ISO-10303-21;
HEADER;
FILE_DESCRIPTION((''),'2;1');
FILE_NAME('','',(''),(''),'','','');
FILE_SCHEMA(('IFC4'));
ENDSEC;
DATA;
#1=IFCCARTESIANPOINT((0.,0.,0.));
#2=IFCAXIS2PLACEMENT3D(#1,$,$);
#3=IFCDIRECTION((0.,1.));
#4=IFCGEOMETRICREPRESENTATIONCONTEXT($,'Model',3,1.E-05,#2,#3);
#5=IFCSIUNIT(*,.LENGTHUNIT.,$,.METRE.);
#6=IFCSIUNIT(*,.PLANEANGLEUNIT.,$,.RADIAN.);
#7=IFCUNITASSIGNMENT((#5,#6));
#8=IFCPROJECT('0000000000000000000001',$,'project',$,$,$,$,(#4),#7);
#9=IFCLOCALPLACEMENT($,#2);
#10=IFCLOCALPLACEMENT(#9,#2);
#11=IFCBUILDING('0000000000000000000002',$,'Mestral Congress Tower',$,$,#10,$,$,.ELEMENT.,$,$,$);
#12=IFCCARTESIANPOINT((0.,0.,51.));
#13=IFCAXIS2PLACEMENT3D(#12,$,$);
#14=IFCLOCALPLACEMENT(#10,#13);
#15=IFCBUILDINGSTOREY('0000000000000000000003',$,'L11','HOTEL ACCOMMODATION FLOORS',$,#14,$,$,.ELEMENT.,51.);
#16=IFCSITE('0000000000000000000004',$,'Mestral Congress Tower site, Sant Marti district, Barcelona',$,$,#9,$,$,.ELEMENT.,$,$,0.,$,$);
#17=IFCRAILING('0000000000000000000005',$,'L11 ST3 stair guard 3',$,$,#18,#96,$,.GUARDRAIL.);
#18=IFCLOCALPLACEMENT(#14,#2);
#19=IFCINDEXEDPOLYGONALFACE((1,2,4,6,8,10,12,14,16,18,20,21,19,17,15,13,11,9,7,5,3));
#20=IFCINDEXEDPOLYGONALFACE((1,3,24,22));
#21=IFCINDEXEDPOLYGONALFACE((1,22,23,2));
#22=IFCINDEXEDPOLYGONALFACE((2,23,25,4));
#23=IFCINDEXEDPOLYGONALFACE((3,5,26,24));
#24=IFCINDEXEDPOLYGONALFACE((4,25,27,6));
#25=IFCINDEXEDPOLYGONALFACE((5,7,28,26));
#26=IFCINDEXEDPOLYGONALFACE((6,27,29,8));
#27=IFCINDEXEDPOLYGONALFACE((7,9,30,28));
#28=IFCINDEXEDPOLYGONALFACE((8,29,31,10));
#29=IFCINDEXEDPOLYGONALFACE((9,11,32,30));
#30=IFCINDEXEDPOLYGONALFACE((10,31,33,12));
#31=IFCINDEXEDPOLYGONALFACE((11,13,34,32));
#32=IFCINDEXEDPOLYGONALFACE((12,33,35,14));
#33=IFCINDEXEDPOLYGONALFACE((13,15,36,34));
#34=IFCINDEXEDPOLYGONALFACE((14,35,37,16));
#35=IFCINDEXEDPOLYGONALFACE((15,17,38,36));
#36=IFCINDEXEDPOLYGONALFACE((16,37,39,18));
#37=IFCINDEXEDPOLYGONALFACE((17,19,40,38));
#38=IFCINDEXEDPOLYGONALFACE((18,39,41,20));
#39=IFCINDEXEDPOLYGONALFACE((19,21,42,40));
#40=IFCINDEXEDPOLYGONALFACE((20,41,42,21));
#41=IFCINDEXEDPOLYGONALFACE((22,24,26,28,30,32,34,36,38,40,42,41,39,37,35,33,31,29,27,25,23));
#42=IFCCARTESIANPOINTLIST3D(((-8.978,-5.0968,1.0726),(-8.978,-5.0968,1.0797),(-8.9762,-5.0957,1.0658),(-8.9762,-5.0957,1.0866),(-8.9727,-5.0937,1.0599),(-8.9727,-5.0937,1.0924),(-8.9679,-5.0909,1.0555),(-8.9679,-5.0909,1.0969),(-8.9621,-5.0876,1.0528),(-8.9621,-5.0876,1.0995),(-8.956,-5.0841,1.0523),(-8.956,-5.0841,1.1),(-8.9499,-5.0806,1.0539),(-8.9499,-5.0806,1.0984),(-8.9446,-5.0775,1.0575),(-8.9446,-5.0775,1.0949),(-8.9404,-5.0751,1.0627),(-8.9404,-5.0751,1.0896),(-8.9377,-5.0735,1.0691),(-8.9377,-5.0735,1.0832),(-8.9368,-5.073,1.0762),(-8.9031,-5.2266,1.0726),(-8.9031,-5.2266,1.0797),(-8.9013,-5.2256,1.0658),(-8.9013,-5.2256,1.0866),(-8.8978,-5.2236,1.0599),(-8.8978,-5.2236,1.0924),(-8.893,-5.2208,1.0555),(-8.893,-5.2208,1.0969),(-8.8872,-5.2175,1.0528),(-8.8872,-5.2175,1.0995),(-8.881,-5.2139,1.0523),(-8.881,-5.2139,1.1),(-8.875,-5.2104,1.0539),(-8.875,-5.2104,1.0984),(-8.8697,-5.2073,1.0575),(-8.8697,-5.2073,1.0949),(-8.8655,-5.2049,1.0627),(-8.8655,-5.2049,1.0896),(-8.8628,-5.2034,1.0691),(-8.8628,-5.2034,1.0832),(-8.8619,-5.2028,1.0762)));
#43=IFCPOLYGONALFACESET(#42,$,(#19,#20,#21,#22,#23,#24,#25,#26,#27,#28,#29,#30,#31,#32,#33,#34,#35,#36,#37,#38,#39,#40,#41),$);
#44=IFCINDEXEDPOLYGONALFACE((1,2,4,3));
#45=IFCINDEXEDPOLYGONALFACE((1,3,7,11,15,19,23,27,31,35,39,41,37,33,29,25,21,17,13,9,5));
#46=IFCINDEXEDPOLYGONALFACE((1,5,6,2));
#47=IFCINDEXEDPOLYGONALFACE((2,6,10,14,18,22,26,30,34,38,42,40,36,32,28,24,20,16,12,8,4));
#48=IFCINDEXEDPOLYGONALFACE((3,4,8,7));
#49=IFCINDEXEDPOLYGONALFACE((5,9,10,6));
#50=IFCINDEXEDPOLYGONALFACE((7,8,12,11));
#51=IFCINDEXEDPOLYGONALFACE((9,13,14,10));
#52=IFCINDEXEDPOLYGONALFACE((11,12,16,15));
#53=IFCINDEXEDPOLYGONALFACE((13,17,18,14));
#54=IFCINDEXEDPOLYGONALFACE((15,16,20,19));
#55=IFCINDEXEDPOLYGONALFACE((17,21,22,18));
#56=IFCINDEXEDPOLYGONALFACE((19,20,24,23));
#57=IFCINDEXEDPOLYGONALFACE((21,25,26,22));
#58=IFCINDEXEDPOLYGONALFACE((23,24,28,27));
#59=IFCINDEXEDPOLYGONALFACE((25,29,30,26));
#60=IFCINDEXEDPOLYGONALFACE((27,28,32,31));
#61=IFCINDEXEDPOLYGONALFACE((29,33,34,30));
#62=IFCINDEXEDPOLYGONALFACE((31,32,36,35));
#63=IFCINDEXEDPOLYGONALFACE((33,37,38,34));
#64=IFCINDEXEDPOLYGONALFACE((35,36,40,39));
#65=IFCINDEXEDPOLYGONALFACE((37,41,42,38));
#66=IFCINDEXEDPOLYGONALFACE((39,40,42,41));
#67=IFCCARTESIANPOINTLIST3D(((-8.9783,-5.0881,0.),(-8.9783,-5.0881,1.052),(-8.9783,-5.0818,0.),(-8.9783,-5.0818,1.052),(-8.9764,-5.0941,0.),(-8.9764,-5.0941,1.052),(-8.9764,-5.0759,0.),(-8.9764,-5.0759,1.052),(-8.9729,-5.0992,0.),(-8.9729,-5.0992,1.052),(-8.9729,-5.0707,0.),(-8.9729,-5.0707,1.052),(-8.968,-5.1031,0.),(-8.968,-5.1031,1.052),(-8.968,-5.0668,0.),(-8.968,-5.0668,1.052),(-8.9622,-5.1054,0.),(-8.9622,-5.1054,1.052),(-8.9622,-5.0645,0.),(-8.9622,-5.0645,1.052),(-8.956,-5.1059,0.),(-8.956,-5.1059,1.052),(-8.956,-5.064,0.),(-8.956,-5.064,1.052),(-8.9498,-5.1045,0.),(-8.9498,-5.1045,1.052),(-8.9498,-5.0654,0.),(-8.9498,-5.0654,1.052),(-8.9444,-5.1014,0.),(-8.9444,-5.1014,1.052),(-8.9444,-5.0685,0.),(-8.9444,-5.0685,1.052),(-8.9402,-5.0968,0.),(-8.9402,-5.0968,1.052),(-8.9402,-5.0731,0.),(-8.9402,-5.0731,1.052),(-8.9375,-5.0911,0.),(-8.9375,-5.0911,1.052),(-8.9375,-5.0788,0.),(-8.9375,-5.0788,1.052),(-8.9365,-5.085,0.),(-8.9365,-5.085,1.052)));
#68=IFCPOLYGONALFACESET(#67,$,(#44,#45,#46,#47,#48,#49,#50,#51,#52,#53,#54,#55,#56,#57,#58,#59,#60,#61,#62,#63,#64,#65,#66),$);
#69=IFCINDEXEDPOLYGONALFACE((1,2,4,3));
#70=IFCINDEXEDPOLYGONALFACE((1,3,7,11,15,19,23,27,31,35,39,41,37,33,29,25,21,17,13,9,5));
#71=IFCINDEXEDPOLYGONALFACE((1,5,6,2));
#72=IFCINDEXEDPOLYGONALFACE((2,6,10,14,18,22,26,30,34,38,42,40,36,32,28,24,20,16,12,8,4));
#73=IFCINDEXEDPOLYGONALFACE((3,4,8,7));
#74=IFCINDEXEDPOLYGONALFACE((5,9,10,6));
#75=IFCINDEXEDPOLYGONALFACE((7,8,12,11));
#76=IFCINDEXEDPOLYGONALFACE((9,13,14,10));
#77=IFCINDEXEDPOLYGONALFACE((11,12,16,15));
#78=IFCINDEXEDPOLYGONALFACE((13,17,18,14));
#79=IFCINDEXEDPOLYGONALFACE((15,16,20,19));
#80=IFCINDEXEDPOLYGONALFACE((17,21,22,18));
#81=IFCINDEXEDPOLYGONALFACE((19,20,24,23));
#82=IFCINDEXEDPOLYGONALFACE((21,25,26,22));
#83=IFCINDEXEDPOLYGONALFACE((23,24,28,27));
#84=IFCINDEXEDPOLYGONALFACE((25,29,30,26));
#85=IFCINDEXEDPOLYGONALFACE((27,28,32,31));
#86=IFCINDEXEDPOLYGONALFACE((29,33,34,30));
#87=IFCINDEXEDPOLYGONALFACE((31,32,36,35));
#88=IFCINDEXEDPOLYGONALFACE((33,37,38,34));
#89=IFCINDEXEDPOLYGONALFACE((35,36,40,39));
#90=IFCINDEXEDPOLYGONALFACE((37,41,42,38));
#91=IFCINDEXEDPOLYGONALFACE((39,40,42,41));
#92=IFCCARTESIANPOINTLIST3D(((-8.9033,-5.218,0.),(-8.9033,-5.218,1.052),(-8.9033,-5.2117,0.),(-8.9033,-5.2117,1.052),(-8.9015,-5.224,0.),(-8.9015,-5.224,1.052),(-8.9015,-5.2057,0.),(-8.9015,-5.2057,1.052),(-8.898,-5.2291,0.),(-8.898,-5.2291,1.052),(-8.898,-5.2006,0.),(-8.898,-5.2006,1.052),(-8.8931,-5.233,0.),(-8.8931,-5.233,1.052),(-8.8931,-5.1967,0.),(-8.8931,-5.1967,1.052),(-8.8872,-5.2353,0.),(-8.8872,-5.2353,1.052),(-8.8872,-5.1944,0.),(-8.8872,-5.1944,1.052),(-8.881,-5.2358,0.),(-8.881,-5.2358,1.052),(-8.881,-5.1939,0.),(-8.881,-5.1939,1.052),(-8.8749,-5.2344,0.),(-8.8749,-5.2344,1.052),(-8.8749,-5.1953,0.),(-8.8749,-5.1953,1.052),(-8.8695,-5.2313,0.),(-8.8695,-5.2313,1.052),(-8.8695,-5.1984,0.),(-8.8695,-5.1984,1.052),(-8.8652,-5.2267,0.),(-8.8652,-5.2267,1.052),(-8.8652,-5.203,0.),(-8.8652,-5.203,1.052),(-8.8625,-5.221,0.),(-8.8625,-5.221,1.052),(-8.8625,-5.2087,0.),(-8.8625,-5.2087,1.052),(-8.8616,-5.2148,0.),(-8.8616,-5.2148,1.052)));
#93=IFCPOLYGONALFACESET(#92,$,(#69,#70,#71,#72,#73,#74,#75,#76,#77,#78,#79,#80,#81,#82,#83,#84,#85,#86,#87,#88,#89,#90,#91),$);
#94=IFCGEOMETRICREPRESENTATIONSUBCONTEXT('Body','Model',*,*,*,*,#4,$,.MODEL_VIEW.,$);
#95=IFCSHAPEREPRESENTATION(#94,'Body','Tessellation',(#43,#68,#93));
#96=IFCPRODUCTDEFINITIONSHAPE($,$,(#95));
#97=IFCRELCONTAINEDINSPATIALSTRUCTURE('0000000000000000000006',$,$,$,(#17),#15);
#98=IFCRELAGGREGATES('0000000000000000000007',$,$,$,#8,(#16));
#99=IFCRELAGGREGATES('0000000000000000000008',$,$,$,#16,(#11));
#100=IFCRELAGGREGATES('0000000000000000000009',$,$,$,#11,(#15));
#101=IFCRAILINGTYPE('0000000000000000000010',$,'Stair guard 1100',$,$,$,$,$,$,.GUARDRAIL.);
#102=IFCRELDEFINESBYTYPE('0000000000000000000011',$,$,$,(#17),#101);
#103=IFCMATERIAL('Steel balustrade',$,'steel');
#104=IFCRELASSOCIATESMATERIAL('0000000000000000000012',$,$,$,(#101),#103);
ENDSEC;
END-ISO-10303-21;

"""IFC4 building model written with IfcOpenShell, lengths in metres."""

from ifc_helpers import new_model, si_unit, direction, frame, origin, origin_2d, place, context, subcontext, project, spatial, circle, extrude, material, type_object, element, save


model = new_model("IFC4")

# Units and contexts
model_context = context("Model", 3, precision=1e-05, world=origin(), true_north=direction((0.0, 1.0)))
body_context = subcontext(model_context, "Body", "Model", "MODEL_VIEW")
ifc_project = project(units=[si_unit("LENGTHUNIT", "METRE"), si_unit("PLANEANGLEUNIT", "RADIAN")], contexts=[model_context])

# Site, building, storey
site_placement = place(None, origin())
site = spatial("IfcSite", under=ifc_project, at=site_placement, Name="Mestral Congress Tower site, Sant Marti district, Barcelona", CompositionType="ELEMENT", RefElevation=0.0)
building_placement = place(site_placement, origin())
building = spatial("IfcBuilding", under=site, at=building_placement, Name="Mestral Congress Tower", CompositionType="ELEMENT")
storey_placement = place(building_placement, frame((0.0, 0.0, 51.0)))
storey = spatial("IfcBuildingStorey", under=building, at=storey_placement, Name="L11", Description="HOTEL ACCOMMODATION FLOORS", CompositionType="ELEMENT", Elevation=51.0)

# Railing
ifc_material_1 = material(Name="Steel balustrade", Category="steel")
railing_type_1 = type_object("IfcRailingType", Name="Stair guard 1100", PredefinedType="GUARDRAIL", material=ifc_material_1)
railing_1_placement = place(storey_placement, frame((-8.9575, -5.085, 0.0)))
element("IfcRailing", 1, at=railing_1_placement, inside=storey, type_object=railing_type_1, Name="L11 ST3 stair guard 3", PredefinedType="GUARDRAIL", context=body_context, shape_type="SweptSolid", body=[
    extrude(circle(Radius=0.0239, at=origin_2d()), frame((0.0, 0.0, 1.0762), z_axis=(0.499816, -0.866131, 0.0), x_axis=(0.866131, 0.499816, 0.0)), (0.0, 0.0, 1.0), 0.1499),
    extrude(circle(Radius=0.021, at=origin_2d()), origin(), (0.0, 0.0, 1.0), 1.052),
    extrude(circle(Radius=0.021, at=origin_2d()), frame((0.075, -0.1299, 0.0)), (0.0, 0.0, 1.0), 1.052),
])

save(model, "model.ifc")
